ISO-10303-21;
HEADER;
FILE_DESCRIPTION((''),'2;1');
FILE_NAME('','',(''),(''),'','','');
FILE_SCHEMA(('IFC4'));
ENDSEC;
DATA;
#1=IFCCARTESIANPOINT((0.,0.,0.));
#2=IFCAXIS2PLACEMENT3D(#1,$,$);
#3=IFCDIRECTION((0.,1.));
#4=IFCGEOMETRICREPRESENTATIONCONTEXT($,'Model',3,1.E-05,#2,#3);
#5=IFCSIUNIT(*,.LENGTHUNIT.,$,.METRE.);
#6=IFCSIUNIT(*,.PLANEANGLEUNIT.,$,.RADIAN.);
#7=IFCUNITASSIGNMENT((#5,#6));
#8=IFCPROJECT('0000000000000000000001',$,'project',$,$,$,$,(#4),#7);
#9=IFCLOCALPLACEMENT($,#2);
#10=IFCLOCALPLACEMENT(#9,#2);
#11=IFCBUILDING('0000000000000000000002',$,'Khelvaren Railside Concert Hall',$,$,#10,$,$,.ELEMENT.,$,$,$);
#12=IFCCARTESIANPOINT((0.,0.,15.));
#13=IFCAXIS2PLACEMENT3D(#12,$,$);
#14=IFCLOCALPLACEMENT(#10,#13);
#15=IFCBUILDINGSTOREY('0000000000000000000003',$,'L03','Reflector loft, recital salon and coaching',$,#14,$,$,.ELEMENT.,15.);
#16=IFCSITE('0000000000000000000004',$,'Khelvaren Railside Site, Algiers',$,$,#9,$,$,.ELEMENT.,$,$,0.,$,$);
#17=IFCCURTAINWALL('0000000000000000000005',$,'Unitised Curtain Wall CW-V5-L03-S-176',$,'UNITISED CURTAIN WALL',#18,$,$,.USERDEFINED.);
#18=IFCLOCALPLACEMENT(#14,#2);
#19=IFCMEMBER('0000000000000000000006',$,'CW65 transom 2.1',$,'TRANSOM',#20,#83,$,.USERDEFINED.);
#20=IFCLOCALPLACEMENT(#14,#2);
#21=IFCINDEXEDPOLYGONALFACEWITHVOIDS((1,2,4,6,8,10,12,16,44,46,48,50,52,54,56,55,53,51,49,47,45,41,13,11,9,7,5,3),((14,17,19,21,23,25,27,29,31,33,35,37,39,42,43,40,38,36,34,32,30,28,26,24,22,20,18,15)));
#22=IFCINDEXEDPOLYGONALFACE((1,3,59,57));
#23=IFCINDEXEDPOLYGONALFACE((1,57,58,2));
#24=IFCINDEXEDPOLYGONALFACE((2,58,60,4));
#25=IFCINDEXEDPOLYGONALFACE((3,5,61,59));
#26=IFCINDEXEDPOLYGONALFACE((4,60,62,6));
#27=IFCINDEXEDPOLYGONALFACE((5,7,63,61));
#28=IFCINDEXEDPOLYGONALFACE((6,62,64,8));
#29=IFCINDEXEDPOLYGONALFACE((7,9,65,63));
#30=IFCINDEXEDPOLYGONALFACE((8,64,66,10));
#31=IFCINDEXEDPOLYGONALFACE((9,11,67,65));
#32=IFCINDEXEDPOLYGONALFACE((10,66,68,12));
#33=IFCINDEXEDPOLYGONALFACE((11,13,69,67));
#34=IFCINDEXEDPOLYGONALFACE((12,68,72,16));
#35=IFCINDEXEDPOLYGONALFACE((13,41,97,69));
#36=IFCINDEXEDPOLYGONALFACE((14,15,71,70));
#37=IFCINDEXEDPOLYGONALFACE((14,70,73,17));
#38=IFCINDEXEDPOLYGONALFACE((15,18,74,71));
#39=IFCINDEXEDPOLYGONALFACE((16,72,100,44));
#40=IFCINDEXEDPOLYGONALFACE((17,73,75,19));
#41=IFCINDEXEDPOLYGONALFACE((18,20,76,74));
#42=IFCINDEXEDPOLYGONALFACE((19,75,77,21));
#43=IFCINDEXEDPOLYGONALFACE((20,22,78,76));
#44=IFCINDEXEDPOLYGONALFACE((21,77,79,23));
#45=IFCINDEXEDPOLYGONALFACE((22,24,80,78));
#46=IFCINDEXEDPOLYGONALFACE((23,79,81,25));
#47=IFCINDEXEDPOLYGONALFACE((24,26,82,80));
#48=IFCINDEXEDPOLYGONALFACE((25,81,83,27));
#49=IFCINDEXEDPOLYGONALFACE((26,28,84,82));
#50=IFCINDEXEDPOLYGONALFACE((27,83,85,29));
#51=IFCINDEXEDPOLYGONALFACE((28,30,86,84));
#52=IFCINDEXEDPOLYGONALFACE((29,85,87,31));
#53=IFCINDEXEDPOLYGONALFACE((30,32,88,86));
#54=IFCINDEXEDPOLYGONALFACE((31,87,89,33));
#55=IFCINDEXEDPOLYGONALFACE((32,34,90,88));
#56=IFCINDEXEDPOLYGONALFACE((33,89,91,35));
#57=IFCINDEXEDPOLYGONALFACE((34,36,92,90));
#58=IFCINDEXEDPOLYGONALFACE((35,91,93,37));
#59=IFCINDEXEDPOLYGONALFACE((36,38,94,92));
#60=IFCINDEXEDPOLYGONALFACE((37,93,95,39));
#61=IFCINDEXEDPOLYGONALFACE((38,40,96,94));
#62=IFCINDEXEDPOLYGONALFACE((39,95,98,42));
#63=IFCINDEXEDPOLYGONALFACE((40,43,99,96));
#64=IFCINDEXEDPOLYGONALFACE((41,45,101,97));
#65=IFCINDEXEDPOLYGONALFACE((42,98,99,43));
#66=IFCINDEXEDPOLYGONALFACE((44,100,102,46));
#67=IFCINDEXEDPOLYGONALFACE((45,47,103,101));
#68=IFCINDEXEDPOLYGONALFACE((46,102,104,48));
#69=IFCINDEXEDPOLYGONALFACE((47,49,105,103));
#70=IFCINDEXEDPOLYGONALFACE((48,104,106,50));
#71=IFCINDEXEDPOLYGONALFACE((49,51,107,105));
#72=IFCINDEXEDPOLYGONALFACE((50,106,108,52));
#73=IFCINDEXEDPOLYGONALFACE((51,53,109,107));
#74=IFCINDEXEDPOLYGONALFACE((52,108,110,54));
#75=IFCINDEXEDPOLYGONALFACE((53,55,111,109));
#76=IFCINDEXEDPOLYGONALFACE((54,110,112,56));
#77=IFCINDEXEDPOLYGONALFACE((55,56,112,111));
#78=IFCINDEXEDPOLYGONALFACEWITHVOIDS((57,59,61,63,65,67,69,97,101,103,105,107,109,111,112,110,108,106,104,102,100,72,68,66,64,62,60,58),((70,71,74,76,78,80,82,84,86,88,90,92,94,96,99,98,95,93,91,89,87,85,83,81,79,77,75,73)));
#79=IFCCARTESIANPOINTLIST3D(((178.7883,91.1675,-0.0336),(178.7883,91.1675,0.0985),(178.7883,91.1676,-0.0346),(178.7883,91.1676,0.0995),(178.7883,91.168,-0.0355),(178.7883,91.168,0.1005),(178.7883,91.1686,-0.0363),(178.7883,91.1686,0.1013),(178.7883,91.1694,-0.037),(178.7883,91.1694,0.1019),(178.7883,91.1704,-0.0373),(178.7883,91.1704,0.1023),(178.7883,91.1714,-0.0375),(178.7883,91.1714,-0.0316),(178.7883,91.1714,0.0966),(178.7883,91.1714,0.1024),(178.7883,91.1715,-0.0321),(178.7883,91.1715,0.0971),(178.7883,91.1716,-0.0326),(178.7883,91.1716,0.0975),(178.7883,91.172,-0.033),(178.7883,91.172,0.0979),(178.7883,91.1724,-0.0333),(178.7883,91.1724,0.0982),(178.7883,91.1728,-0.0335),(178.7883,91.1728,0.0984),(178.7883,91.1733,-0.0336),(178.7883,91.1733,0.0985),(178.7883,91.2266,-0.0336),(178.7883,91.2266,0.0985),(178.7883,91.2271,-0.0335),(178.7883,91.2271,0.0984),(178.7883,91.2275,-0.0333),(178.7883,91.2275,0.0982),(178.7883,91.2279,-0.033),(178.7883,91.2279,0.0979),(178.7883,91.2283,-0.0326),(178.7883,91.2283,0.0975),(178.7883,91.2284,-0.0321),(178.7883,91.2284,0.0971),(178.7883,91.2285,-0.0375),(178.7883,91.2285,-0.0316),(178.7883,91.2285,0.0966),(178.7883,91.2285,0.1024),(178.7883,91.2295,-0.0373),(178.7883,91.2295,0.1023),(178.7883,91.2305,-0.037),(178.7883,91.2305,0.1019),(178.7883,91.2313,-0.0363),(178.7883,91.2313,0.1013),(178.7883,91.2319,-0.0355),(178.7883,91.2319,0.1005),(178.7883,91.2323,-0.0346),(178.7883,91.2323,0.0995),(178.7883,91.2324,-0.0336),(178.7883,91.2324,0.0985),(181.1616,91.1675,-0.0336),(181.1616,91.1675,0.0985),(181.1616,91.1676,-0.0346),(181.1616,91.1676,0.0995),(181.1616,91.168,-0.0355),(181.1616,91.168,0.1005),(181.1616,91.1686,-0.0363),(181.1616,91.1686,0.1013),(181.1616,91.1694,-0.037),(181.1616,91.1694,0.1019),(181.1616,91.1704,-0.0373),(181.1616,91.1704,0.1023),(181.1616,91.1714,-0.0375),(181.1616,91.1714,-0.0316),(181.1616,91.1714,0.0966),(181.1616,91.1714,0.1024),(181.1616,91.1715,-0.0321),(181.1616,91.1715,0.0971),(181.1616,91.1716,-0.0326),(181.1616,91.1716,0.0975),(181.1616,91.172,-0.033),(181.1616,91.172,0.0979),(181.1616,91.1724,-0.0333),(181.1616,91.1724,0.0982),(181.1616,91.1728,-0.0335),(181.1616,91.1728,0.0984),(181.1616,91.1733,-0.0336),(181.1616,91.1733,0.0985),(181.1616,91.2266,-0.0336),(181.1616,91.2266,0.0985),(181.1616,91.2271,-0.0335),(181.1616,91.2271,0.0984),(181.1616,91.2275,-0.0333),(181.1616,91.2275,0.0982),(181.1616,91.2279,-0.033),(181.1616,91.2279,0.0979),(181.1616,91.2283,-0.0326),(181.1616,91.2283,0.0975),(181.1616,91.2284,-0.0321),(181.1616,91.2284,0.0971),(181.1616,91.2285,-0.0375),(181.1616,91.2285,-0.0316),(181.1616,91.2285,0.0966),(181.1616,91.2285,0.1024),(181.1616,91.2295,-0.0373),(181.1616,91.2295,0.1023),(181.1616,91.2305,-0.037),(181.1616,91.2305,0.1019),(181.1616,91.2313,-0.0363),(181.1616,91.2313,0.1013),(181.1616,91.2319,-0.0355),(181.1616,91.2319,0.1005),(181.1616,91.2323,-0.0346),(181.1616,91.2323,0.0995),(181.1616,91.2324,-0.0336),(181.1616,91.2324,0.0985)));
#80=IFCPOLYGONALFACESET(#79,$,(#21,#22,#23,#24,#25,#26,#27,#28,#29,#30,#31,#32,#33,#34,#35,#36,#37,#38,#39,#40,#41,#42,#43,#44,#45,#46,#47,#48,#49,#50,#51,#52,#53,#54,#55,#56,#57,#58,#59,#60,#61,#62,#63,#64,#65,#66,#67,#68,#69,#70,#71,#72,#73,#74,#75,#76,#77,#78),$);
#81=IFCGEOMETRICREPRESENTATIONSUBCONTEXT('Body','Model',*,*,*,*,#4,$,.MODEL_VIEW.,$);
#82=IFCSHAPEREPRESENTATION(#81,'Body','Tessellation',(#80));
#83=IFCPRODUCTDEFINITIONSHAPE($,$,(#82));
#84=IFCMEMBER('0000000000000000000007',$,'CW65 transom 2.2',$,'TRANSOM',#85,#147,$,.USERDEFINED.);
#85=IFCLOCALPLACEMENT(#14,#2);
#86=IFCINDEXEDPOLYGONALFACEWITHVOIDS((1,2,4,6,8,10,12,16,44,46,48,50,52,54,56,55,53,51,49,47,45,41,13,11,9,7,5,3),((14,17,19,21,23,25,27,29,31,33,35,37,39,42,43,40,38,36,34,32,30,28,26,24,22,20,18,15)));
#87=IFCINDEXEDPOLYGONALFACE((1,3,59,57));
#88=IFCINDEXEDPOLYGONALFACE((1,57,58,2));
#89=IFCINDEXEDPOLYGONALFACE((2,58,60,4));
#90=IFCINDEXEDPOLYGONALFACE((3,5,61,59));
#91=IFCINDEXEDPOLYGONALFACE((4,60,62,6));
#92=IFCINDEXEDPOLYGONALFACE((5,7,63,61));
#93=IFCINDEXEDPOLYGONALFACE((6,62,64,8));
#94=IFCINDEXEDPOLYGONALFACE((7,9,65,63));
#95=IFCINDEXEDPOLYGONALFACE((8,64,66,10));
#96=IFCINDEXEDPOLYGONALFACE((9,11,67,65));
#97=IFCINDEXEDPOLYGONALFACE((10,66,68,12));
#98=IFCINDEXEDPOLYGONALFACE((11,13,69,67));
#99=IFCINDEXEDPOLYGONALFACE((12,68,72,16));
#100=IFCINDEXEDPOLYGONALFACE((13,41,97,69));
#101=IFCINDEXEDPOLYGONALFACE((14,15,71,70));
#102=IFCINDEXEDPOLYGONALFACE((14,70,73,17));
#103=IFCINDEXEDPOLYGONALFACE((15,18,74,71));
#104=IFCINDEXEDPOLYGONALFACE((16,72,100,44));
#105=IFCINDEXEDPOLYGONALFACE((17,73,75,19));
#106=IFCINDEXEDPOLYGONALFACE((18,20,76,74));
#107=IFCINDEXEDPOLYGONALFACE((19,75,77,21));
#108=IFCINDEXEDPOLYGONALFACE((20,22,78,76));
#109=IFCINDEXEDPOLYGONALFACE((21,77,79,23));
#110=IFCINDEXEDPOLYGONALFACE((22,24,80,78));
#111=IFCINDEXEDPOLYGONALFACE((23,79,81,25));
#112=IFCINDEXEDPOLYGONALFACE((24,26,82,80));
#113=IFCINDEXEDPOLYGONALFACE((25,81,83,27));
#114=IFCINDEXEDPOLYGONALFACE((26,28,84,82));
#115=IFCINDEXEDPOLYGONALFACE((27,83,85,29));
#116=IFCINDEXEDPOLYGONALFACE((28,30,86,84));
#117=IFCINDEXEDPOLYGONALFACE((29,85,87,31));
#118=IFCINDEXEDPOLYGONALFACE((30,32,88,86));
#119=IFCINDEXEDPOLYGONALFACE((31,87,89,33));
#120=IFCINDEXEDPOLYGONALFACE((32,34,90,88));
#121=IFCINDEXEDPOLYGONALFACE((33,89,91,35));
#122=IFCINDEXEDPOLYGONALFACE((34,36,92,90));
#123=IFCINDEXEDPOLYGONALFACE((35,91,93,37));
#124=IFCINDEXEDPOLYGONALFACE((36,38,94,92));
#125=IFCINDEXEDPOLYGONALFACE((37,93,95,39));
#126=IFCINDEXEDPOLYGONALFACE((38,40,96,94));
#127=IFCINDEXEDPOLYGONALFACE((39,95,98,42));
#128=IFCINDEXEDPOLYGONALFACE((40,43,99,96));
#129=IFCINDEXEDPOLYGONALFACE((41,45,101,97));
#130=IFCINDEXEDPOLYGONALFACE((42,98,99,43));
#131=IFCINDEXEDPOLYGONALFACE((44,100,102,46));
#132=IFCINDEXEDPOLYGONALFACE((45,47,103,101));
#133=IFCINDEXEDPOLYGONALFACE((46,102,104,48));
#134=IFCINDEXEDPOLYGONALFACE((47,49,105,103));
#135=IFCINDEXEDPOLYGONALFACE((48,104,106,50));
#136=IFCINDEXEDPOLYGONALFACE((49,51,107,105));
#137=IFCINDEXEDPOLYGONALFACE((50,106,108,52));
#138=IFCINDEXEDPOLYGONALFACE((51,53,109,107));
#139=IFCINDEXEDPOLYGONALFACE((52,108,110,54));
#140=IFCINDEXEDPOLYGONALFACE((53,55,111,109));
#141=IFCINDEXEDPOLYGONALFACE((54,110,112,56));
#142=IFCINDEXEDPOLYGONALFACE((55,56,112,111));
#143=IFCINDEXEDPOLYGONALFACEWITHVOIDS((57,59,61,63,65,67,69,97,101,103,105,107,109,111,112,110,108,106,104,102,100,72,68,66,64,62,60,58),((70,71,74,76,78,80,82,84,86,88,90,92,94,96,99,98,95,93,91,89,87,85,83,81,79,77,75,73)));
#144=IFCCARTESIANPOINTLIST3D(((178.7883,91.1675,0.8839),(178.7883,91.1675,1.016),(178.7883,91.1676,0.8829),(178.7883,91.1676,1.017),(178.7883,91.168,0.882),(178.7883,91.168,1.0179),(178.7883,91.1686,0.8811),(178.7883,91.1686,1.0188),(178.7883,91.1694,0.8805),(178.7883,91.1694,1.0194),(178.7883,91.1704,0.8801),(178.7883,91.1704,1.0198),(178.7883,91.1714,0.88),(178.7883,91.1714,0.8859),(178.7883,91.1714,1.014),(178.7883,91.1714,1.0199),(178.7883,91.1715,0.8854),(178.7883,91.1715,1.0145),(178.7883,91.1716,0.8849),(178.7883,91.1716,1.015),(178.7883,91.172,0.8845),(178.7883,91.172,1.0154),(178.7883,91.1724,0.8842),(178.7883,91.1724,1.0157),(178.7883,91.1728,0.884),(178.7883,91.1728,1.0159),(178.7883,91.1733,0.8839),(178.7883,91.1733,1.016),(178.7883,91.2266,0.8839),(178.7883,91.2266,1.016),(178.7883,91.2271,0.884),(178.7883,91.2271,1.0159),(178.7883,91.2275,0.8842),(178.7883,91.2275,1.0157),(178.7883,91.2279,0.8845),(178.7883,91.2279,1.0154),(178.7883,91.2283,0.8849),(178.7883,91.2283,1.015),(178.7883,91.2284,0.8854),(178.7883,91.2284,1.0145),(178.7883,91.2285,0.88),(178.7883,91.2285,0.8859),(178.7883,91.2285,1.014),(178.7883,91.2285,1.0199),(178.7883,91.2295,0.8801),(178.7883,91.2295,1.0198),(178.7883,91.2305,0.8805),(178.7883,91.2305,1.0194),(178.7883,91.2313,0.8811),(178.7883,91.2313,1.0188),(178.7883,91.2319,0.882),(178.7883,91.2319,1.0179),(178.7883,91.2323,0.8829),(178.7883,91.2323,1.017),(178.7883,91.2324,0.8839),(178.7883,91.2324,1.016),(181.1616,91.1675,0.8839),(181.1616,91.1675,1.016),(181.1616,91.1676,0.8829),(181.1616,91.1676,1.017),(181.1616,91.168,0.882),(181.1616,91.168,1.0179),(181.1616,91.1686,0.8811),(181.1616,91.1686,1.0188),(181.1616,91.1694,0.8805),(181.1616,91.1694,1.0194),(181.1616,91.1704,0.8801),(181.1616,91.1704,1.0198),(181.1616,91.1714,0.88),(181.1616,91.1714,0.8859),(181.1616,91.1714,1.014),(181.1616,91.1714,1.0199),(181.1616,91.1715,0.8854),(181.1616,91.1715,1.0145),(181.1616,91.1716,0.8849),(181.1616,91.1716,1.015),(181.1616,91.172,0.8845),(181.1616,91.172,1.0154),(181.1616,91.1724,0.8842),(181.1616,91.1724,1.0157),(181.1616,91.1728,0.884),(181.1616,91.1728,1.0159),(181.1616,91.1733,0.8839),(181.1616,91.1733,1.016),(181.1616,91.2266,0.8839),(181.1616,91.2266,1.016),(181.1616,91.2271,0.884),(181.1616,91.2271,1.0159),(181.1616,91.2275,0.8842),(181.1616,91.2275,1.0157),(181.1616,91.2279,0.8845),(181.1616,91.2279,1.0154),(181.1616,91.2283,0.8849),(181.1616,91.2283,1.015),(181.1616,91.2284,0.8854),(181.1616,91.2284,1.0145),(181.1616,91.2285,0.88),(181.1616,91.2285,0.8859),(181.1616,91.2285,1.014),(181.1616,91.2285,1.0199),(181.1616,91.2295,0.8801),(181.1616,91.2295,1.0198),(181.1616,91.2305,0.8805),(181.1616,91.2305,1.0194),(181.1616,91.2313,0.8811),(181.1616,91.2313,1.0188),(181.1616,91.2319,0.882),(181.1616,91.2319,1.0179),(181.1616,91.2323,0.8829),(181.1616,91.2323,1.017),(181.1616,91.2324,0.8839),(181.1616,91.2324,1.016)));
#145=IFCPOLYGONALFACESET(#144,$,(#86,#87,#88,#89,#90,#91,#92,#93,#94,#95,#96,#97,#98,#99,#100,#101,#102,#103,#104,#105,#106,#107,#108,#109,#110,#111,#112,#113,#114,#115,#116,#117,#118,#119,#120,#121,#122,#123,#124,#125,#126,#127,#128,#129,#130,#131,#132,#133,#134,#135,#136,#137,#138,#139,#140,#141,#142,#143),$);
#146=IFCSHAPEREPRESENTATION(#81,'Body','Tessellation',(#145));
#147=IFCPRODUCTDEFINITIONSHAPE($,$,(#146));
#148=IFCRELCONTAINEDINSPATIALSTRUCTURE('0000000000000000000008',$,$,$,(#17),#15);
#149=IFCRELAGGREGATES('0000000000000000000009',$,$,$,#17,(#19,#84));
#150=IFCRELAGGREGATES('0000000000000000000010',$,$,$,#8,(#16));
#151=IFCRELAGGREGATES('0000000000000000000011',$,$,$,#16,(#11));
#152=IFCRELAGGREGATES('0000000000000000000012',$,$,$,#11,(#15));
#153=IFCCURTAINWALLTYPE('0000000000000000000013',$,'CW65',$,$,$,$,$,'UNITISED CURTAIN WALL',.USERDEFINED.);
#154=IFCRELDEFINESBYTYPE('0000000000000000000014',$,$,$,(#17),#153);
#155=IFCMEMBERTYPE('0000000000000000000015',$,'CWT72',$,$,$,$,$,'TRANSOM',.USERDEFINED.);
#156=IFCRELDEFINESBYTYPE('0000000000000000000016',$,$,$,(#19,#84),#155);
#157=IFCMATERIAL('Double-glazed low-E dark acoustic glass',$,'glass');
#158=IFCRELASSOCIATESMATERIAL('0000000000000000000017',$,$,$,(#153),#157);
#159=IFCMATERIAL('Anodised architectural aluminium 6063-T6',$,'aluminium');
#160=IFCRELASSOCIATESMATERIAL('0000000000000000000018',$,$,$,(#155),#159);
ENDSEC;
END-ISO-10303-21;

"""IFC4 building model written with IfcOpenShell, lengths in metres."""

from ifc_helpers import new_model, si_unit, direction, frame, origin, origin_2d, place, context, subcontext, project, spatial, hollow_rectangle, extrude, material, material_profile, profile_set, type_object, element, aggregate, save


model = new_model("IFC4")

# Units and contexts
model_context = context("Model", 3, precision=1e-05, world=origin(), true_north=direction((0.0, 1.0)))
body_context = subcontext(model_context, "Body", "Model", "MODEL_VIEW")
ifc_project = project(units=[si_unit("LENGTHUNIT", "METRE"), si_unit("PLANEANGLEUNIT", "RADIAN")], contexts=[model_context])

# Site, building, storey
site_placement = place(None, origin())
site = spatial("IfcSite", under=ifc_project, at=site_placement, Name="Khelvaren Railside Site, Algiers", CompositionType="ELEMENT", RefElevation=0.0)
building_placement = place(site_placement, origin())
building = spatial("IfcBuilding", under=site, at=building_placement, Name="Khelvaren Railside Concert Hall", CompositionType="ELEMENT")
storey_placement = place(building_placement, frame((0.0, 0.0, 15.0)))
storey = spatial("IfcBuildingStorey", under=building, at=storey_placement, Name="L03", Description="Reflector loft, recital salon and coaching", CompositionType="ELEMENT", Elevation=15.0)

# Shared definitions
ifc_material_1 = material(Name="Anodised architectural aluminium 6063-T6", Category="aluminium")

# Curtain wall, members
ifc_material_2 = material(Name="Double-glazed low-E dark acoustic glass", Category="glass")
curtain_wall_type_1 = type_object("IfcCurtainWallType", Name="CW65", ElementType="UNITISED CURTAIN WALL", PredefinedType="USERDEFINED", material=ifc_material_2)
curtain_wall_1_placement = place(storey_placement, origin())
curtain_wall_1 = element("IfcCurtainWall", 1, at=curtain_wall_1_placement, inside=storey, type_object=curtain_wall_type_1, Name="Unitised Curtain Wall CW-V5-L03-S-176", ObjectType="UNITISED CURTAIN WALL", PredefinedType="USERDEFINED")
ifc_material_profile_1 = material_profile(ifc_material_1, hollow_rectangle(XDim=0.0649, YDim=0.1399, WallThickness=0.0039, InnerFilletRadius=0.002, OuterFilletRadius=0.0039, at=origin_2d()), Name="CWT 65x140x4")
ifc_profile_set_1 = profile_set([ifc_material_profile_1], Name="Anodised architectural aluminium 6063-T6")
member_type_1 = type_object("IfcMemberType", Name="CWT72", ElementType="TRANSOM", PredefinedType="USERDEFINED", material=ifc_profile_set_1)
member_1_placement = place(storey_placement, frame((181.1616, 91.2, 0.0325), z_axis=(-1.0, 0.0, 0.0), x_axis=(0.0, -1.0, 0.0)))
member_1 = element("IfcMember", 2, at=member_1_placement, type_object=member_type_1, Name="CW65 transom 2.1", ObjectType="TRANSOM", PredefinedType="USERDEFINED", context=body_context, shape_type="SweptSolid", body=[
    extrude(hollow_rectangle(XDim=0.0649, YDim=0.1399, WallThickness=0.0039, InnerFilletRadius=0.002, OuterFilletRadius=0.0039, at=origin_2d()), origin(), (0.0, 0.0, 1.0), 2.3733),
])
member_2_placement = place(storey_placement, frame((181.1616, 91.2, 0.95), z_axis=(-1.0, 0.0, 0.0), x_axis=(0.0, -1.0, 0.0)))
member_2 = element("IfcMember", 3, at=member_2_placement, type_object=member_type_1, Name="CW65 transom 2.2", ObjectType="TRANSOM", PredefinedType="USERDEFINED", context=body_context, shape_type="SweptSolid", body=[
    extrude(hollow_rectangle(XDim=0.0649, YDim=0.1399, WallThickness=0.0039, InnerFilletRadius=0.002, OuterFilletRadius=0.0039, at=origin_2d()), origin(), (0.0, 0.0, 1.0), 2.3733),
])

aggregate(curtain_wall_1, [member_1, member_2])

save(model, "model.ifc")
